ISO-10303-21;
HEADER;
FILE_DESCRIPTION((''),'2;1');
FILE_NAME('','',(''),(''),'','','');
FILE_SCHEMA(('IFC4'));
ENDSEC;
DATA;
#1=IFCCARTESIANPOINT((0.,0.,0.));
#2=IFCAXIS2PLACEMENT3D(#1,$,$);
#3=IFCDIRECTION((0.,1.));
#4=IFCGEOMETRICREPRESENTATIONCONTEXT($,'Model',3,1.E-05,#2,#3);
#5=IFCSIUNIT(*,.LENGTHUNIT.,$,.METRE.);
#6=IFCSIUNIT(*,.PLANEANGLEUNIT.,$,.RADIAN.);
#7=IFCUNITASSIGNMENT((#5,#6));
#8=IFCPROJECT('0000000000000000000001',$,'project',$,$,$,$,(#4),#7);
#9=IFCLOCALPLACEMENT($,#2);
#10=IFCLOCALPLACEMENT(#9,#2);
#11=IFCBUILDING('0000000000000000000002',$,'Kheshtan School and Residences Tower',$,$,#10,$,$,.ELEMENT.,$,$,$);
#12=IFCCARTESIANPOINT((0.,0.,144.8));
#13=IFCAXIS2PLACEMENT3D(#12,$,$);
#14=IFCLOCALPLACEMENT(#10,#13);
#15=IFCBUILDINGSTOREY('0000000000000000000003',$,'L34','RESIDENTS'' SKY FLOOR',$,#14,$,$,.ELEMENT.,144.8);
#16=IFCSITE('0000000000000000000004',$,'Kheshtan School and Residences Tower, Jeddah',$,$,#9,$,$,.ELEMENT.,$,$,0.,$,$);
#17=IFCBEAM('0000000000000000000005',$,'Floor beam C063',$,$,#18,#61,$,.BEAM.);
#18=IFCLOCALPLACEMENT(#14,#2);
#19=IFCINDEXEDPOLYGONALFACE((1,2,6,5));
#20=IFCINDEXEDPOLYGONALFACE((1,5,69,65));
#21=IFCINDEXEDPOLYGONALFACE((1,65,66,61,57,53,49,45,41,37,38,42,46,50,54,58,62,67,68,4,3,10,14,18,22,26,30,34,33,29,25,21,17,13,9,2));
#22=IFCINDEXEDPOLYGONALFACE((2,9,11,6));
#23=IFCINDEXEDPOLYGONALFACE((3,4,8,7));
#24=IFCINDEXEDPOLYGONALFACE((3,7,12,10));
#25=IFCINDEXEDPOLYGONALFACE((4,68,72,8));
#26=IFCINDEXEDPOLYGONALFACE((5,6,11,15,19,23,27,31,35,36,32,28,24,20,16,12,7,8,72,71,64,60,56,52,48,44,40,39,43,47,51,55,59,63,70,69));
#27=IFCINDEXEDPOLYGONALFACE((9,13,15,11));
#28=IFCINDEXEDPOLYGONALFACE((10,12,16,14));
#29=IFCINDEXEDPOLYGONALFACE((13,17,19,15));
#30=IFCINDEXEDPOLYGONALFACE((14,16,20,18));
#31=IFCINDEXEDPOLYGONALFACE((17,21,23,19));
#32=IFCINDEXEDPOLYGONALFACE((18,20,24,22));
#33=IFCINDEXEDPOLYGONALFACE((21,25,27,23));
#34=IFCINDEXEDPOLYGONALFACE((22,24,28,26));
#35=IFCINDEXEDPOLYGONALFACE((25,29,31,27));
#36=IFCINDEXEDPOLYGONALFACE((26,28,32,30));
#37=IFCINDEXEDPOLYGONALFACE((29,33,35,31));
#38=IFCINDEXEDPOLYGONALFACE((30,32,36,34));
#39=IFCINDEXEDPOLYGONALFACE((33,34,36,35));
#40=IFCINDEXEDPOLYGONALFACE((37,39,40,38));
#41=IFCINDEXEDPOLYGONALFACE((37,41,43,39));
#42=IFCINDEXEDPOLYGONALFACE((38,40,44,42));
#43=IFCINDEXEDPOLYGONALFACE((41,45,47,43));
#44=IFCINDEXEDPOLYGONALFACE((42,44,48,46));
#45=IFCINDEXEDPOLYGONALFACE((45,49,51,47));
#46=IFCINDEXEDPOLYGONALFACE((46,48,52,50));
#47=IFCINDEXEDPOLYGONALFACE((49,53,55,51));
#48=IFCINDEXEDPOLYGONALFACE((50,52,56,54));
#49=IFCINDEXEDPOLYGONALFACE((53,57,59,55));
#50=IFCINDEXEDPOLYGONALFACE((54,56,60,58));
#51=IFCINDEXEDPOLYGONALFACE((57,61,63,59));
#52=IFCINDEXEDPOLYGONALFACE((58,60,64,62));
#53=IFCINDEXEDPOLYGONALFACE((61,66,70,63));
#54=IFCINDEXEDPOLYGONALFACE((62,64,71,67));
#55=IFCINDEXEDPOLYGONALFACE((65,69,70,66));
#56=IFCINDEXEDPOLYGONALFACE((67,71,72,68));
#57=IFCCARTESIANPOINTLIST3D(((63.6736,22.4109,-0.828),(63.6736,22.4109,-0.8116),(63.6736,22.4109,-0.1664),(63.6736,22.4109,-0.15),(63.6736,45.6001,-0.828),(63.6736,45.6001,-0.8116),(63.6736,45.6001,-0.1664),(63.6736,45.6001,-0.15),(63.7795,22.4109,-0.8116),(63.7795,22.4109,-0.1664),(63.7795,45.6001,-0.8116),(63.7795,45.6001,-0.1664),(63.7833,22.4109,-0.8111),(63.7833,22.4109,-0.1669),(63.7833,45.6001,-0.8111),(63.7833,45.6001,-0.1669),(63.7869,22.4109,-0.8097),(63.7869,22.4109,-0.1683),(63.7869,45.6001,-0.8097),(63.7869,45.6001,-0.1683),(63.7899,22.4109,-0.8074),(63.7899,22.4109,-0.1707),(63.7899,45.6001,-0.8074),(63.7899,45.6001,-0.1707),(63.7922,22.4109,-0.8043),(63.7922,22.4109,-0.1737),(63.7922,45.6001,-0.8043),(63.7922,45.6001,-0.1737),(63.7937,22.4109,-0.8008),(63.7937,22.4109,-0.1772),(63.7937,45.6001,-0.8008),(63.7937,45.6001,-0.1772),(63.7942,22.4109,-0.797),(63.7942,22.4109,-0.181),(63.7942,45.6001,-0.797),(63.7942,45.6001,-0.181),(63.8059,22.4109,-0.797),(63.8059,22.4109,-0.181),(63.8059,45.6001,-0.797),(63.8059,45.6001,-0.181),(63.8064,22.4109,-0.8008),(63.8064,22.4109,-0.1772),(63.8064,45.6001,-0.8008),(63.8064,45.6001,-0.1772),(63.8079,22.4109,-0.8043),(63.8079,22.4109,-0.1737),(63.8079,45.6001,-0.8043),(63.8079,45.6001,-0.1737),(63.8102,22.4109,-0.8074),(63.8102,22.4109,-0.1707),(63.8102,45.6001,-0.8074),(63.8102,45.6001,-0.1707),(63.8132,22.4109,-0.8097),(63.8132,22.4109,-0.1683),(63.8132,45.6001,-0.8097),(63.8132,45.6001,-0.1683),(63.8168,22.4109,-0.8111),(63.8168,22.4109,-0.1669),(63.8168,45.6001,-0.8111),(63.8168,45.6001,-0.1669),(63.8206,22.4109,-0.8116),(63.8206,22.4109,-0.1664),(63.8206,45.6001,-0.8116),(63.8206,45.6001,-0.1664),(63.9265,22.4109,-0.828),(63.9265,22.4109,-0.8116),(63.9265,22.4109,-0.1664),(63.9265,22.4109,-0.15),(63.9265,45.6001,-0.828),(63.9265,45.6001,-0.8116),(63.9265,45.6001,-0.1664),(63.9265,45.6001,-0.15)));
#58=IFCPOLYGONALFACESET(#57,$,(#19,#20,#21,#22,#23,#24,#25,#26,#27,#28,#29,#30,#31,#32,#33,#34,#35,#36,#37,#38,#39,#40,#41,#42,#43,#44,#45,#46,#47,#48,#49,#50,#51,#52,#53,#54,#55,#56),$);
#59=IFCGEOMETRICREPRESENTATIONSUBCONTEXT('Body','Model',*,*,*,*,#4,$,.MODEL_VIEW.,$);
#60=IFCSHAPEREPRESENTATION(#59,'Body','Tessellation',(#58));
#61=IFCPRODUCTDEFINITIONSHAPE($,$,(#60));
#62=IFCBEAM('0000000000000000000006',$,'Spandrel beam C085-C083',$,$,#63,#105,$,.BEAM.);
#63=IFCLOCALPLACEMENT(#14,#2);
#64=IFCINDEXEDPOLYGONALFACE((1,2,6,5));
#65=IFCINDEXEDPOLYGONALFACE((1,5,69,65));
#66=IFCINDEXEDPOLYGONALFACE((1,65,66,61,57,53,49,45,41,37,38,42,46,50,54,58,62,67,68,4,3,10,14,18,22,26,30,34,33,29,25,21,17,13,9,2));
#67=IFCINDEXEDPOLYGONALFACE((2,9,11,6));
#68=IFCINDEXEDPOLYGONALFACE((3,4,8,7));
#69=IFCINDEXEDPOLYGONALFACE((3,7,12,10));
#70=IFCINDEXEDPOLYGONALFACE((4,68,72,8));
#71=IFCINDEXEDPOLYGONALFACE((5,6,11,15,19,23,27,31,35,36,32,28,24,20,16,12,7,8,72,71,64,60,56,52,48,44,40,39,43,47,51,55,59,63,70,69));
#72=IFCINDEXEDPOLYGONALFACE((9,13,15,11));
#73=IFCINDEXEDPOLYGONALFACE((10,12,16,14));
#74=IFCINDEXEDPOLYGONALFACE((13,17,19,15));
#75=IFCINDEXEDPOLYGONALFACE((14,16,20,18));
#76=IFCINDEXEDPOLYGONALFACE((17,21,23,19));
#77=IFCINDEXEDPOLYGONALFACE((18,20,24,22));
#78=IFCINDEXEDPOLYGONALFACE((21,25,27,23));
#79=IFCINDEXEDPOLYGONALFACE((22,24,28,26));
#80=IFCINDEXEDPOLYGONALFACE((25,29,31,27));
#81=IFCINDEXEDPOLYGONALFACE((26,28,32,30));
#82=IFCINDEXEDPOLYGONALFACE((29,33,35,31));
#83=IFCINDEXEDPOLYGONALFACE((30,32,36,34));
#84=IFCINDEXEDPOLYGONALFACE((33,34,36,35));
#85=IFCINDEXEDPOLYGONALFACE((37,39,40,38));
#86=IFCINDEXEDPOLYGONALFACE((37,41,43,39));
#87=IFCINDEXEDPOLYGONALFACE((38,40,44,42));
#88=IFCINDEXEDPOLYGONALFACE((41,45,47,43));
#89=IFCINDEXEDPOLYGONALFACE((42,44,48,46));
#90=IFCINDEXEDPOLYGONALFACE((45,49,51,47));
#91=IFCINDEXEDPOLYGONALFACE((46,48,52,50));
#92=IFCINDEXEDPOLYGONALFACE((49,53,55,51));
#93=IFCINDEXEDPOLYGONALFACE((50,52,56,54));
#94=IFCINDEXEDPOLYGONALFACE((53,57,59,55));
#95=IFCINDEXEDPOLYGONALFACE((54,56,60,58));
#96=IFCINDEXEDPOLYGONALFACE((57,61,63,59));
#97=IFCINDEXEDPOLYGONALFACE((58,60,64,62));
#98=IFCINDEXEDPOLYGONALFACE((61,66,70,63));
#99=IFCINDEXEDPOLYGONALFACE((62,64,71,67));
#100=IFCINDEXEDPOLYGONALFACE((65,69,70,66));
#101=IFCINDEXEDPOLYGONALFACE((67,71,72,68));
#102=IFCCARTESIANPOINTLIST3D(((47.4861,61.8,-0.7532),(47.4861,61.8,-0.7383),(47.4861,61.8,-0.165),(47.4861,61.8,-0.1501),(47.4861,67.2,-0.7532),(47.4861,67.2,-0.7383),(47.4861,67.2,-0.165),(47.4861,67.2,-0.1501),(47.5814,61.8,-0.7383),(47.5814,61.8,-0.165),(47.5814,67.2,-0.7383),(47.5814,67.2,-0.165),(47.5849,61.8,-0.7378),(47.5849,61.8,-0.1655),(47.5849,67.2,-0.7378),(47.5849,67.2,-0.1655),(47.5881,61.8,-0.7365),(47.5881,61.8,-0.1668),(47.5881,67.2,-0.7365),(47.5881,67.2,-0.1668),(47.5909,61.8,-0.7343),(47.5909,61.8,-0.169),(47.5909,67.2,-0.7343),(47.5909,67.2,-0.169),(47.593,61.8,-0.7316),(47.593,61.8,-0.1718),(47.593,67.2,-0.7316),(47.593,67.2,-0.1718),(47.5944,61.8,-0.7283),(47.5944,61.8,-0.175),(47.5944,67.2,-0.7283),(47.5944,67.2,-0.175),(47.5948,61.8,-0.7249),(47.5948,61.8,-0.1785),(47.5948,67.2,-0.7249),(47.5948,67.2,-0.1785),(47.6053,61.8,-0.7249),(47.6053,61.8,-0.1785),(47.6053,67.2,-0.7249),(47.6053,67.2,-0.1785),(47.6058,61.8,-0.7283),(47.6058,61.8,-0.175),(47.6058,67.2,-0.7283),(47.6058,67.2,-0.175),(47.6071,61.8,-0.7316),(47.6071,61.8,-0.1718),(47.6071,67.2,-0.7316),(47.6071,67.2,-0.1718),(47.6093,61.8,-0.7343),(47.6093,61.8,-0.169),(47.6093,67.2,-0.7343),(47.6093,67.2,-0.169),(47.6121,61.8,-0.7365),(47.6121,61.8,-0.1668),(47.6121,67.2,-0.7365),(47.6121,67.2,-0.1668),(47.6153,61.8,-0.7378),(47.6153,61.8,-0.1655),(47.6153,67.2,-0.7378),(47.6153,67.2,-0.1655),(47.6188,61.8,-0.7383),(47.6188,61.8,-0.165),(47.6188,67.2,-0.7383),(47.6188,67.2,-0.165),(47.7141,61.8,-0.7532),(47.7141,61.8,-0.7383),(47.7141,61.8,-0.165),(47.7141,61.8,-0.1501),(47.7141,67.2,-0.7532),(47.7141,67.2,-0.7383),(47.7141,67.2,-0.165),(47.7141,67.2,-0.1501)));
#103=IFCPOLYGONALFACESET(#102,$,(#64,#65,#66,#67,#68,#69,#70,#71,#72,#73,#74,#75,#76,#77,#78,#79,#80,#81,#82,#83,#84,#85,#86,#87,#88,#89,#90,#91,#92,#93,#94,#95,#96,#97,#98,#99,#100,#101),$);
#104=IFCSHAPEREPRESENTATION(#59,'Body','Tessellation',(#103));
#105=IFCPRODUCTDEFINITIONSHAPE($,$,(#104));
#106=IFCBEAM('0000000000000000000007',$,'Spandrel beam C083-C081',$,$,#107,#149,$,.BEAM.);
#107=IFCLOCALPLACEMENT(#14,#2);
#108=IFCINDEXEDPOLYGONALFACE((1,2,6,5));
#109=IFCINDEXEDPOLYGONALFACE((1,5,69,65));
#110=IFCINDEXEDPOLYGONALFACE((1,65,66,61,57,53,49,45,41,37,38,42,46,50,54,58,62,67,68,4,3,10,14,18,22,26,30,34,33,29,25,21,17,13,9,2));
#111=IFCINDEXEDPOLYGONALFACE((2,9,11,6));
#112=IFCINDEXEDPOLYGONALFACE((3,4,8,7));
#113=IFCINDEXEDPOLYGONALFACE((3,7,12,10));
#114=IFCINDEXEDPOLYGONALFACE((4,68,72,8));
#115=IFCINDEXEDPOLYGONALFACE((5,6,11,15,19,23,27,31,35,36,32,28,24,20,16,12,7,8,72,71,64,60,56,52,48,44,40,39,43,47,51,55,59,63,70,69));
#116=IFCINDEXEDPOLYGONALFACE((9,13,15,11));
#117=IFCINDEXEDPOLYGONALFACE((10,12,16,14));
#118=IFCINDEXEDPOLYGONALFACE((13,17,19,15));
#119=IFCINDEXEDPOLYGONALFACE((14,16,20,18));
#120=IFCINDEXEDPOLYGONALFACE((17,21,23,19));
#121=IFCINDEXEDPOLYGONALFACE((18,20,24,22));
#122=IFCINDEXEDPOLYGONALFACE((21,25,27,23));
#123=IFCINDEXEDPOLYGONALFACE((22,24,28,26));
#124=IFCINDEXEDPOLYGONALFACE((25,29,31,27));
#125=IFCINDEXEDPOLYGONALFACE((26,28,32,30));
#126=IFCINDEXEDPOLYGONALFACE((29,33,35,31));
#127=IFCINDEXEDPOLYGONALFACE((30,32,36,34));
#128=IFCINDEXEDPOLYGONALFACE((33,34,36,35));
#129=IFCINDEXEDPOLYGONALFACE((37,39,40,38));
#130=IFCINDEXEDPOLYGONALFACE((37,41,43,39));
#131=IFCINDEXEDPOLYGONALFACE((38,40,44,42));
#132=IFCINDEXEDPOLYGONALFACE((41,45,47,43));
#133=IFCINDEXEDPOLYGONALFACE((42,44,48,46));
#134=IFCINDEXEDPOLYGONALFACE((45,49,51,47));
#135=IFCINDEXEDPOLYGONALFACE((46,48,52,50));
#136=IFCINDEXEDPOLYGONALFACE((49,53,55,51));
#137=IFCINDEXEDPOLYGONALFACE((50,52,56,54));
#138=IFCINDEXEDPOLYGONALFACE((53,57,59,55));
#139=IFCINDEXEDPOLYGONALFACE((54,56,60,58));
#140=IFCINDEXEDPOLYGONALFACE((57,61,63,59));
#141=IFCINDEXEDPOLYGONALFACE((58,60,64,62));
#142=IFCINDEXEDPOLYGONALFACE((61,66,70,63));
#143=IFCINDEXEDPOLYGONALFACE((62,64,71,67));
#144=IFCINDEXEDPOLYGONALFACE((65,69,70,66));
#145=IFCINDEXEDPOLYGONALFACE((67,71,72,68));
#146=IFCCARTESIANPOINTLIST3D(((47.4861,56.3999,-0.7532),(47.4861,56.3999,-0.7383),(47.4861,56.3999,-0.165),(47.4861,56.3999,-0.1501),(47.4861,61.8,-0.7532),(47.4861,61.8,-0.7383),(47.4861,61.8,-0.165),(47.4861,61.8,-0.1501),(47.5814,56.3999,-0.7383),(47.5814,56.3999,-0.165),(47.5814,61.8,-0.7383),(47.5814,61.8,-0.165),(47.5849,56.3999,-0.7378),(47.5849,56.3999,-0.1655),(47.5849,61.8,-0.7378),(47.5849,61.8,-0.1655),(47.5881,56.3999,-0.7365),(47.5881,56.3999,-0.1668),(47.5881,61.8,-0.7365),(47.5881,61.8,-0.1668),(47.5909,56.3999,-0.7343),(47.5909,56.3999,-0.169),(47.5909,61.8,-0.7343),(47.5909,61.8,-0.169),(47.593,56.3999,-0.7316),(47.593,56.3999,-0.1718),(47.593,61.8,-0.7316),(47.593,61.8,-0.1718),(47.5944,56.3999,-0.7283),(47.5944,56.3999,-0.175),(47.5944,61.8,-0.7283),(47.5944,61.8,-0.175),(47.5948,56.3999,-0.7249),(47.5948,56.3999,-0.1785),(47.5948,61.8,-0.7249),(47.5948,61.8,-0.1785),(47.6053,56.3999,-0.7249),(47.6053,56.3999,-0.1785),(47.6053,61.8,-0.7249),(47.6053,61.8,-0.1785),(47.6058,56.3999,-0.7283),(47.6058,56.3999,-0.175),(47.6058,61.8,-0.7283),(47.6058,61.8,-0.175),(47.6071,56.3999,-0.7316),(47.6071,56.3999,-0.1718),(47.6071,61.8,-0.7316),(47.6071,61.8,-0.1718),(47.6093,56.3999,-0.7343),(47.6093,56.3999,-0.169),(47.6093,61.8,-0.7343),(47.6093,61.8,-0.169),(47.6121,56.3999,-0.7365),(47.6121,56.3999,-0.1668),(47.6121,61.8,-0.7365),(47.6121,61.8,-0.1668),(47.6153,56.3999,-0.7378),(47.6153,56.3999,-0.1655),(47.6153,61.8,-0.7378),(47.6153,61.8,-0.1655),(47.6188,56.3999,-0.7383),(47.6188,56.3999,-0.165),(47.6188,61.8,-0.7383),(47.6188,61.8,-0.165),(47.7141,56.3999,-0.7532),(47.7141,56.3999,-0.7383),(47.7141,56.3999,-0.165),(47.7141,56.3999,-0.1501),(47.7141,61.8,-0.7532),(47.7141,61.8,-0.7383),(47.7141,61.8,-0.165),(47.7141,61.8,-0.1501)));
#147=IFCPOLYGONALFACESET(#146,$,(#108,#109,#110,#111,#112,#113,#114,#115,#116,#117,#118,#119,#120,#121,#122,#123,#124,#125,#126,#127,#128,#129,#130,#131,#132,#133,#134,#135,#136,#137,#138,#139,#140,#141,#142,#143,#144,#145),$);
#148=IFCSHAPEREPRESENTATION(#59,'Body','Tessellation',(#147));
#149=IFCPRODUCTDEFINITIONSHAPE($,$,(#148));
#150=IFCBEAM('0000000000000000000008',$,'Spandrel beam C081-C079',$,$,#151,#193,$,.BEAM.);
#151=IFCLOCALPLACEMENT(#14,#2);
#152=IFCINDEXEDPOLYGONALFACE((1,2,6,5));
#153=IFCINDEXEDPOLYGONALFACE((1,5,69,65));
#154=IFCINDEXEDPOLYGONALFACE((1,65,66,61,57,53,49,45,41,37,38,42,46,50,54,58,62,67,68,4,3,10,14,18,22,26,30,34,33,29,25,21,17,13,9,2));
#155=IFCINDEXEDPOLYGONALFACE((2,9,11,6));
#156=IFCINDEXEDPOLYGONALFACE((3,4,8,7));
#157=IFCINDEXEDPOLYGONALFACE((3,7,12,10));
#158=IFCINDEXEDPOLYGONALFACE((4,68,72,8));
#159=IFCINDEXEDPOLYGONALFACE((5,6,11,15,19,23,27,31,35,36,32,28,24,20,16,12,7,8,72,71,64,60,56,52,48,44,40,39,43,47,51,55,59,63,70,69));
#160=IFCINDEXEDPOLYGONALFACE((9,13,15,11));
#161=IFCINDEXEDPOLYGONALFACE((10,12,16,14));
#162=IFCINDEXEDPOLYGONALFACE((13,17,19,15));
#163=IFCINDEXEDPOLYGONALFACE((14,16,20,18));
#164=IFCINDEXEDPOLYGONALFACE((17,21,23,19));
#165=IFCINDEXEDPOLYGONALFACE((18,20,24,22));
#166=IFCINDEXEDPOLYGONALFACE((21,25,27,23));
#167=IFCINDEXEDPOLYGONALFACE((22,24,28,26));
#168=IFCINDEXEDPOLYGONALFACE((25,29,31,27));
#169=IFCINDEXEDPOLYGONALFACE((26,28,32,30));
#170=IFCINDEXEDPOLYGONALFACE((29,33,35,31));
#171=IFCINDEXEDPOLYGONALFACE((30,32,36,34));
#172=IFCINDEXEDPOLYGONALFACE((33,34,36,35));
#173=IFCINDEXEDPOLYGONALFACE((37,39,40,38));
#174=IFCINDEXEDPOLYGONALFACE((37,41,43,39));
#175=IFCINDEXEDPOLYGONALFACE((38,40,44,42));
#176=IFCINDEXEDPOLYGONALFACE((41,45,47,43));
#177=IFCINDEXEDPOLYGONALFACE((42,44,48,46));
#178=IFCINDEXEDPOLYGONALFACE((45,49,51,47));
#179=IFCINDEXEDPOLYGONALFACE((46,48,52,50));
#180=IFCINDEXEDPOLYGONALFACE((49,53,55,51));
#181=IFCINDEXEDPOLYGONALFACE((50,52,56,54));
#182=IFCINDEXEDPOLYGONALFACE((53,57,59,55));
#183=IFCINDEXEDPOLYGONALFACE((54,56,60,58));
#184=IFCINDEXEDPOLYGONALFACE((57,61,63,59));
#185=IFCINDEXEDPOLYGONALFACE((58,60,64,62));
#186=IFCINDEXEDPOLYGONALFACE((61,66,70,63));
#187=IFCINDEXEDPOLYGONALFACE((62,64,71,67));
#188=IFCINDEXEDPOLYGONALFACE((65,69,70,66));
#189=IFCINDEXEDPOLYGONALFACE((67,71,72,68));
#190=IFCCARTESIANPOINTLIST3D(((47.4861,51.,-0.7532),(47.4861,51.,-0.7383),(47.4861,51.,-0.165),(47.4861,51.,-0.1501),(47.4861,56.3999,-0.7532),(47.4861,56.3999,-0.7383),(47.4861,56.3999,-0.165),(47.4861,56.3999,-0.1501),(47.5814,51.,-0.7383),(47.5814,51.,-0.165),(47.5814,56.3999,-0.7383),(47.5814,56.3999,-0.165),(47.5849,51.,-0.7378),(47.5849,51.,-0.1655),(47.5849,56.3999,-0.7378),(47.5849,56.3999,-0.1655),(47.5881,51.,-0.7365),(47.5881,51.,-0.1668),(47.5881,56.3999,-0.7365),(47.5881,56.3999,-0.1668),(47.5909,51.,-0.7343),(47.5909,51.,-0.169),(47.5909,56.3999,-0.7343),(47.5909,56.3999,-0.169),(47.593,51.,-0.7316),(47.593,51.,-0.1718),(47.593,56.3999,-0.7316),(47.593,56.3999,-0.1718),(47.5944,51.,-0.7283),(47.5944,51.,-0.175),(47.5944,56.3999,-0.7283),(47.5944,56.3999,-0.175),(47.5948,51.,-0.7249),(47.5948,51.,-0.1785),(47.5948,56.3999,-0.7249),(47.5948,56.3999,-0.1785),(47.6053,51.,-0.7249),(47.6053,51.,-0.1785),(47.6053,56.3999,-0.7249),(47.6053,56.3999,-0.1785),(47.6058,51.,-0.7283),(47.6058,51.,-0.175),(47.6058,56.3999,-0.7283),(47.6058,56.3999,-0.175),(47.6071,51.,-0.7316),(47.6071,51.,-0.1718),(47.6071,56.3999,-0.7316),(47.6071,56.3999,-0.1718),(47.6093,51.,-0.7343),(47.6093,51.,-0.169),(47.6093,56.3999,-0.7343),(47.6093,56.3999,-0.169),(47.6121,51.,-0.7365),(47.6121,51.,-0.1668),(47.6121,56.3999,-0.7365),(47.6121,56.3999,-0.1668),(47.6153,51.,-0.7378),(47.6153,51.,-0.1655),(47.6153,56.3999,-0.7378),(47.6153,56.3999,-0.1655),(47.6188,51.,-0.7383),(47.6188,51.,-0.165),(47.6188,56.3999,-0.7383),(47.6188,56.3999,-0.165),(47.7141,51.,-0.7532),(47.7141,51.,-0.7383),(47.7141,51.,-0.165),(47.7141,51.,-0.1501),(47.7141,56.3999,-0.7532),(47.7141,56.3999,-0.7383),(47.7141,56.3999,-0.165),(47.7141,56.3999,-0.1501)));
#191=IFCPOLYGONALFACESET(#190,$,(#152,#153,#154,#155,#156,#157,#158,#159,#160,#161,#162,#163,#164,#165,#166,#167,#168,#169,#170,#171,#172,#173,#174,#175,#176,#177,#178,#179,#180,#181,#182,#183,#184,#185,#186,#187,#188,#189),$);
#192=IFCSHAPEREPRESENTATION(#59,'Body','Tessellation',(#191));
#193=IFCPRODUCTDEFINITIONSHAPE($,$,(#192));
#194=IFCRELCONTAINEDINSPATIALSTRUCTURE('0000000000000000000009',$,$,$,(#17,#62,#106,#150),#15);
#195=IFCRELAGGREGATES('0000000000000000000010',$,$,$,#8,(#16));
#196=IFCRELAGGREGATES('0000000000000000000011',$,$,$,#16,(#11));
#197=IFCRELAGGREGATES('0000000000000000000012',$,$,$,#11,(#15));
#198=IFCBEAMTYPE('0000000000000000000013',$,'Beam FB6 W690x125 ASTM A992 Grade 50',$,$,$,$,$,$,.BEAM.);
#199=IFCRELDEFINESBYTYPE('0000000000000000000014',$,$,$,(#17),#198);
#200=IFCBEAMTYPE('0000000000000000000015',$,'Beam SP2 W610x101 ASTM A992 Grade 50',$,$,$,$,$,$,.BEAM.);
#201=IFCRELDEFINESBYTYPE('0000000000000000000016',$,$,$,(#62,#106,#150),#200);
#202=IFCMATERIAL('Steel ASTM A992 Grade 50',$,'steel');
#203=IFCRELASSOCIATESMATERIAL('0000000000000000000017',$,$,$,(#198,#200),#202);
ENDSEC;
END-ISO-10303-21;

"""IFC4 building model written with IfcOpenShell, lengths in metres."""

from ifc_helpers import new_model, si_unit, direction, frame, origin, origin_2d, place, context, subcontext, project, spatial, i_section, extrude, material, material_profile, profile_set, type_object, element, save


model = new_model("IFC4")

# Units and contexts
model_context = context("Model", 3, precision=1e-05, world=origin(), true_north=direction((0.0, 1.0)))
body_context = subcontext(model_context, "Body", "Model", "MODEL_VIEW")
ifc_project = project(units=[si_unit("LENGTHUNIT", "METRE"), si_unit("PLANEANGLEUNIT", "RADIAN")], contexts=[model_context])

# Site, building, storey
site_placement = place(None, origin())
site = spatial("IfcSite", under=ifc_project, at=site_placement, Name="Kheshtan School and Residences Tower, Jeddah", CompositionType="ELEMENT", RefElevation=0.0)
building_placement = place(site_placement, origin())
building = spatial("IfcBuilding", under=site, at=building_placement, Name="Kheshtan School and Residences Tower", CompositionType="ELEMENT")
storey_placement = place(building_placement, frame((0.0, 0.0, 144.8)))
storey = spatial("IfcBuildingStorey", under=building, at=storey_placement, Name="L34", Description="RESIDENTS' SKY FLOOR", CompositionType="ELEMENT", Elevation=144.8)

# Shared definitions
ifc_material_1 = material(Name="Steel ASTM A992 Grade 50", Category="steel")

# Beams
ifc_material_profile_1 = material_profile(ifc_material_1, i_section(OverallWidth=0.2529, OverallDepth=0.678, WebThickness=0.0117, FlangeThickness=0.0164, FilletRadius=0.0146, at=origin_2d()), Name="W690x125")
ifc_profile_set_1 = profile_set([ifc_material_profile_1], Name="Steel ASTM A992 Grade 50")
beam_type_1 = type_object("IfcBeamType", Name="Beam FB6 W690x125 ASTM A992 Grade 50", PredefinedType="BEAM", material=ifc_profile_set_1)
beam_1_placement = place(storey_placement, frame((63.8, 45.6001, -0.489), z_axis=(0.0, -1.0, 0.0), x_axis=(1.0, 0.0, 0.0)))
element("IfcBeam", 1, at=beam_1_placement, inside=storey, type_object=beam_type_1, Name="Floor beam C063", PredefinedType="BEAM", context=body_context, shape_type="SweptSolid", body=[
    extrude(i_section(OverallWidth=0.2529, OverallDepth=0.678, WebThickness=0.0117, FlangeThickness=0.0164, FilletRadius=0.0146, at=origin_2d()), origin(), (0.0, 0.0, 1.0), 23.1892),
])
ifc_material_profile_2 = material_profile(ifc_material_1, i_section(OverallWidth=0.228, OverallDepth=0.603, WebThickness=0.0105, FlangeThickness=0.0149, FilletRadius=0.0134, at=origin_2d()), Name="W610x101")
ifc_profile_set_2 = profile_set([ifc_material_profile_2], Name="Steel ASTM A992 Grade 50")
beam_type_2 = type_object("IfcBeamType", Name="Beam SP2 W610x101 ASTM A992 Grade 50", PredefinedType="BEAM", material=ifc_profile_set_2)
beam_2_placement = place(storey_placement, frame((47.6001, 67.2, -0.4517), z_axis=(0.0, -1.0, 0.0), x_axis=(1.0, 0.0, 0.0)))
element("IfcBeam", 2, at=beam_2_placement, inside=storey, type_object=beam_type_2, Name="Spandrel beam C085-C083", PredefinedType="BEAM", context=body_context, shape_type="SweptSolid", body=[
    extrude(i_section(OverallWidth=0.228, OverallDepth=0.603, WebThickness=0.0105, FlangeThickness=0.0149, FilletRadius=0.0134, at=origin_2d()), origin(), (0.0, 0.0, 1.0), 5.3999),
])
beam_3_placement = place(storey_placement, frame((47.6001, 61.8, -0.4517), z_axis=(0.0, -1.0, 0.0), x_axis=(1.0, 0.0, 0.0)))
element("IfcBeam", 3, at=beam_3_placement, inside=storey, type_object=beam_type_2, Name="Spandrel beam C083-C081", PredefinedType="BEAM", context=body_context, shape_type="SweptSolid", body=[
    extrude(i_section(OverallWidth=0.228, OverallDepth=0.603, WebThickness=0.0105, FlangeThickness=0.0149, FilletRadius=0.0134, at=origin_2d()), origin(), (0.0, 0.0, 1.0), 5.4001),
])
beam_4_placement = place(storey_placement, frame((47.6001, 56.3999, -0.4517), z_axis=(0.0, -1.0, 0.0), x_axis=(1.0, 0.0, 0.0)))
element("IfcBeam", 4, at=beam_4_placement, inside=storey, type_object=beam_type_2, Name="Spandrel beam C081-C079", PredefinedType="BEAM", context=body_context, shape_type="SweptSolid", body=[
    extrude(i_section(OverallWidth=0.228, OverallDepth=0.603, WebThickness=0.0105, FlangeThickness=0.0149, FilletRadius=0.0134, at=origin_2d()), origin(), (0.0, 0.0, 1.0), 5.3999),
])

save(model, "model.ifc")
